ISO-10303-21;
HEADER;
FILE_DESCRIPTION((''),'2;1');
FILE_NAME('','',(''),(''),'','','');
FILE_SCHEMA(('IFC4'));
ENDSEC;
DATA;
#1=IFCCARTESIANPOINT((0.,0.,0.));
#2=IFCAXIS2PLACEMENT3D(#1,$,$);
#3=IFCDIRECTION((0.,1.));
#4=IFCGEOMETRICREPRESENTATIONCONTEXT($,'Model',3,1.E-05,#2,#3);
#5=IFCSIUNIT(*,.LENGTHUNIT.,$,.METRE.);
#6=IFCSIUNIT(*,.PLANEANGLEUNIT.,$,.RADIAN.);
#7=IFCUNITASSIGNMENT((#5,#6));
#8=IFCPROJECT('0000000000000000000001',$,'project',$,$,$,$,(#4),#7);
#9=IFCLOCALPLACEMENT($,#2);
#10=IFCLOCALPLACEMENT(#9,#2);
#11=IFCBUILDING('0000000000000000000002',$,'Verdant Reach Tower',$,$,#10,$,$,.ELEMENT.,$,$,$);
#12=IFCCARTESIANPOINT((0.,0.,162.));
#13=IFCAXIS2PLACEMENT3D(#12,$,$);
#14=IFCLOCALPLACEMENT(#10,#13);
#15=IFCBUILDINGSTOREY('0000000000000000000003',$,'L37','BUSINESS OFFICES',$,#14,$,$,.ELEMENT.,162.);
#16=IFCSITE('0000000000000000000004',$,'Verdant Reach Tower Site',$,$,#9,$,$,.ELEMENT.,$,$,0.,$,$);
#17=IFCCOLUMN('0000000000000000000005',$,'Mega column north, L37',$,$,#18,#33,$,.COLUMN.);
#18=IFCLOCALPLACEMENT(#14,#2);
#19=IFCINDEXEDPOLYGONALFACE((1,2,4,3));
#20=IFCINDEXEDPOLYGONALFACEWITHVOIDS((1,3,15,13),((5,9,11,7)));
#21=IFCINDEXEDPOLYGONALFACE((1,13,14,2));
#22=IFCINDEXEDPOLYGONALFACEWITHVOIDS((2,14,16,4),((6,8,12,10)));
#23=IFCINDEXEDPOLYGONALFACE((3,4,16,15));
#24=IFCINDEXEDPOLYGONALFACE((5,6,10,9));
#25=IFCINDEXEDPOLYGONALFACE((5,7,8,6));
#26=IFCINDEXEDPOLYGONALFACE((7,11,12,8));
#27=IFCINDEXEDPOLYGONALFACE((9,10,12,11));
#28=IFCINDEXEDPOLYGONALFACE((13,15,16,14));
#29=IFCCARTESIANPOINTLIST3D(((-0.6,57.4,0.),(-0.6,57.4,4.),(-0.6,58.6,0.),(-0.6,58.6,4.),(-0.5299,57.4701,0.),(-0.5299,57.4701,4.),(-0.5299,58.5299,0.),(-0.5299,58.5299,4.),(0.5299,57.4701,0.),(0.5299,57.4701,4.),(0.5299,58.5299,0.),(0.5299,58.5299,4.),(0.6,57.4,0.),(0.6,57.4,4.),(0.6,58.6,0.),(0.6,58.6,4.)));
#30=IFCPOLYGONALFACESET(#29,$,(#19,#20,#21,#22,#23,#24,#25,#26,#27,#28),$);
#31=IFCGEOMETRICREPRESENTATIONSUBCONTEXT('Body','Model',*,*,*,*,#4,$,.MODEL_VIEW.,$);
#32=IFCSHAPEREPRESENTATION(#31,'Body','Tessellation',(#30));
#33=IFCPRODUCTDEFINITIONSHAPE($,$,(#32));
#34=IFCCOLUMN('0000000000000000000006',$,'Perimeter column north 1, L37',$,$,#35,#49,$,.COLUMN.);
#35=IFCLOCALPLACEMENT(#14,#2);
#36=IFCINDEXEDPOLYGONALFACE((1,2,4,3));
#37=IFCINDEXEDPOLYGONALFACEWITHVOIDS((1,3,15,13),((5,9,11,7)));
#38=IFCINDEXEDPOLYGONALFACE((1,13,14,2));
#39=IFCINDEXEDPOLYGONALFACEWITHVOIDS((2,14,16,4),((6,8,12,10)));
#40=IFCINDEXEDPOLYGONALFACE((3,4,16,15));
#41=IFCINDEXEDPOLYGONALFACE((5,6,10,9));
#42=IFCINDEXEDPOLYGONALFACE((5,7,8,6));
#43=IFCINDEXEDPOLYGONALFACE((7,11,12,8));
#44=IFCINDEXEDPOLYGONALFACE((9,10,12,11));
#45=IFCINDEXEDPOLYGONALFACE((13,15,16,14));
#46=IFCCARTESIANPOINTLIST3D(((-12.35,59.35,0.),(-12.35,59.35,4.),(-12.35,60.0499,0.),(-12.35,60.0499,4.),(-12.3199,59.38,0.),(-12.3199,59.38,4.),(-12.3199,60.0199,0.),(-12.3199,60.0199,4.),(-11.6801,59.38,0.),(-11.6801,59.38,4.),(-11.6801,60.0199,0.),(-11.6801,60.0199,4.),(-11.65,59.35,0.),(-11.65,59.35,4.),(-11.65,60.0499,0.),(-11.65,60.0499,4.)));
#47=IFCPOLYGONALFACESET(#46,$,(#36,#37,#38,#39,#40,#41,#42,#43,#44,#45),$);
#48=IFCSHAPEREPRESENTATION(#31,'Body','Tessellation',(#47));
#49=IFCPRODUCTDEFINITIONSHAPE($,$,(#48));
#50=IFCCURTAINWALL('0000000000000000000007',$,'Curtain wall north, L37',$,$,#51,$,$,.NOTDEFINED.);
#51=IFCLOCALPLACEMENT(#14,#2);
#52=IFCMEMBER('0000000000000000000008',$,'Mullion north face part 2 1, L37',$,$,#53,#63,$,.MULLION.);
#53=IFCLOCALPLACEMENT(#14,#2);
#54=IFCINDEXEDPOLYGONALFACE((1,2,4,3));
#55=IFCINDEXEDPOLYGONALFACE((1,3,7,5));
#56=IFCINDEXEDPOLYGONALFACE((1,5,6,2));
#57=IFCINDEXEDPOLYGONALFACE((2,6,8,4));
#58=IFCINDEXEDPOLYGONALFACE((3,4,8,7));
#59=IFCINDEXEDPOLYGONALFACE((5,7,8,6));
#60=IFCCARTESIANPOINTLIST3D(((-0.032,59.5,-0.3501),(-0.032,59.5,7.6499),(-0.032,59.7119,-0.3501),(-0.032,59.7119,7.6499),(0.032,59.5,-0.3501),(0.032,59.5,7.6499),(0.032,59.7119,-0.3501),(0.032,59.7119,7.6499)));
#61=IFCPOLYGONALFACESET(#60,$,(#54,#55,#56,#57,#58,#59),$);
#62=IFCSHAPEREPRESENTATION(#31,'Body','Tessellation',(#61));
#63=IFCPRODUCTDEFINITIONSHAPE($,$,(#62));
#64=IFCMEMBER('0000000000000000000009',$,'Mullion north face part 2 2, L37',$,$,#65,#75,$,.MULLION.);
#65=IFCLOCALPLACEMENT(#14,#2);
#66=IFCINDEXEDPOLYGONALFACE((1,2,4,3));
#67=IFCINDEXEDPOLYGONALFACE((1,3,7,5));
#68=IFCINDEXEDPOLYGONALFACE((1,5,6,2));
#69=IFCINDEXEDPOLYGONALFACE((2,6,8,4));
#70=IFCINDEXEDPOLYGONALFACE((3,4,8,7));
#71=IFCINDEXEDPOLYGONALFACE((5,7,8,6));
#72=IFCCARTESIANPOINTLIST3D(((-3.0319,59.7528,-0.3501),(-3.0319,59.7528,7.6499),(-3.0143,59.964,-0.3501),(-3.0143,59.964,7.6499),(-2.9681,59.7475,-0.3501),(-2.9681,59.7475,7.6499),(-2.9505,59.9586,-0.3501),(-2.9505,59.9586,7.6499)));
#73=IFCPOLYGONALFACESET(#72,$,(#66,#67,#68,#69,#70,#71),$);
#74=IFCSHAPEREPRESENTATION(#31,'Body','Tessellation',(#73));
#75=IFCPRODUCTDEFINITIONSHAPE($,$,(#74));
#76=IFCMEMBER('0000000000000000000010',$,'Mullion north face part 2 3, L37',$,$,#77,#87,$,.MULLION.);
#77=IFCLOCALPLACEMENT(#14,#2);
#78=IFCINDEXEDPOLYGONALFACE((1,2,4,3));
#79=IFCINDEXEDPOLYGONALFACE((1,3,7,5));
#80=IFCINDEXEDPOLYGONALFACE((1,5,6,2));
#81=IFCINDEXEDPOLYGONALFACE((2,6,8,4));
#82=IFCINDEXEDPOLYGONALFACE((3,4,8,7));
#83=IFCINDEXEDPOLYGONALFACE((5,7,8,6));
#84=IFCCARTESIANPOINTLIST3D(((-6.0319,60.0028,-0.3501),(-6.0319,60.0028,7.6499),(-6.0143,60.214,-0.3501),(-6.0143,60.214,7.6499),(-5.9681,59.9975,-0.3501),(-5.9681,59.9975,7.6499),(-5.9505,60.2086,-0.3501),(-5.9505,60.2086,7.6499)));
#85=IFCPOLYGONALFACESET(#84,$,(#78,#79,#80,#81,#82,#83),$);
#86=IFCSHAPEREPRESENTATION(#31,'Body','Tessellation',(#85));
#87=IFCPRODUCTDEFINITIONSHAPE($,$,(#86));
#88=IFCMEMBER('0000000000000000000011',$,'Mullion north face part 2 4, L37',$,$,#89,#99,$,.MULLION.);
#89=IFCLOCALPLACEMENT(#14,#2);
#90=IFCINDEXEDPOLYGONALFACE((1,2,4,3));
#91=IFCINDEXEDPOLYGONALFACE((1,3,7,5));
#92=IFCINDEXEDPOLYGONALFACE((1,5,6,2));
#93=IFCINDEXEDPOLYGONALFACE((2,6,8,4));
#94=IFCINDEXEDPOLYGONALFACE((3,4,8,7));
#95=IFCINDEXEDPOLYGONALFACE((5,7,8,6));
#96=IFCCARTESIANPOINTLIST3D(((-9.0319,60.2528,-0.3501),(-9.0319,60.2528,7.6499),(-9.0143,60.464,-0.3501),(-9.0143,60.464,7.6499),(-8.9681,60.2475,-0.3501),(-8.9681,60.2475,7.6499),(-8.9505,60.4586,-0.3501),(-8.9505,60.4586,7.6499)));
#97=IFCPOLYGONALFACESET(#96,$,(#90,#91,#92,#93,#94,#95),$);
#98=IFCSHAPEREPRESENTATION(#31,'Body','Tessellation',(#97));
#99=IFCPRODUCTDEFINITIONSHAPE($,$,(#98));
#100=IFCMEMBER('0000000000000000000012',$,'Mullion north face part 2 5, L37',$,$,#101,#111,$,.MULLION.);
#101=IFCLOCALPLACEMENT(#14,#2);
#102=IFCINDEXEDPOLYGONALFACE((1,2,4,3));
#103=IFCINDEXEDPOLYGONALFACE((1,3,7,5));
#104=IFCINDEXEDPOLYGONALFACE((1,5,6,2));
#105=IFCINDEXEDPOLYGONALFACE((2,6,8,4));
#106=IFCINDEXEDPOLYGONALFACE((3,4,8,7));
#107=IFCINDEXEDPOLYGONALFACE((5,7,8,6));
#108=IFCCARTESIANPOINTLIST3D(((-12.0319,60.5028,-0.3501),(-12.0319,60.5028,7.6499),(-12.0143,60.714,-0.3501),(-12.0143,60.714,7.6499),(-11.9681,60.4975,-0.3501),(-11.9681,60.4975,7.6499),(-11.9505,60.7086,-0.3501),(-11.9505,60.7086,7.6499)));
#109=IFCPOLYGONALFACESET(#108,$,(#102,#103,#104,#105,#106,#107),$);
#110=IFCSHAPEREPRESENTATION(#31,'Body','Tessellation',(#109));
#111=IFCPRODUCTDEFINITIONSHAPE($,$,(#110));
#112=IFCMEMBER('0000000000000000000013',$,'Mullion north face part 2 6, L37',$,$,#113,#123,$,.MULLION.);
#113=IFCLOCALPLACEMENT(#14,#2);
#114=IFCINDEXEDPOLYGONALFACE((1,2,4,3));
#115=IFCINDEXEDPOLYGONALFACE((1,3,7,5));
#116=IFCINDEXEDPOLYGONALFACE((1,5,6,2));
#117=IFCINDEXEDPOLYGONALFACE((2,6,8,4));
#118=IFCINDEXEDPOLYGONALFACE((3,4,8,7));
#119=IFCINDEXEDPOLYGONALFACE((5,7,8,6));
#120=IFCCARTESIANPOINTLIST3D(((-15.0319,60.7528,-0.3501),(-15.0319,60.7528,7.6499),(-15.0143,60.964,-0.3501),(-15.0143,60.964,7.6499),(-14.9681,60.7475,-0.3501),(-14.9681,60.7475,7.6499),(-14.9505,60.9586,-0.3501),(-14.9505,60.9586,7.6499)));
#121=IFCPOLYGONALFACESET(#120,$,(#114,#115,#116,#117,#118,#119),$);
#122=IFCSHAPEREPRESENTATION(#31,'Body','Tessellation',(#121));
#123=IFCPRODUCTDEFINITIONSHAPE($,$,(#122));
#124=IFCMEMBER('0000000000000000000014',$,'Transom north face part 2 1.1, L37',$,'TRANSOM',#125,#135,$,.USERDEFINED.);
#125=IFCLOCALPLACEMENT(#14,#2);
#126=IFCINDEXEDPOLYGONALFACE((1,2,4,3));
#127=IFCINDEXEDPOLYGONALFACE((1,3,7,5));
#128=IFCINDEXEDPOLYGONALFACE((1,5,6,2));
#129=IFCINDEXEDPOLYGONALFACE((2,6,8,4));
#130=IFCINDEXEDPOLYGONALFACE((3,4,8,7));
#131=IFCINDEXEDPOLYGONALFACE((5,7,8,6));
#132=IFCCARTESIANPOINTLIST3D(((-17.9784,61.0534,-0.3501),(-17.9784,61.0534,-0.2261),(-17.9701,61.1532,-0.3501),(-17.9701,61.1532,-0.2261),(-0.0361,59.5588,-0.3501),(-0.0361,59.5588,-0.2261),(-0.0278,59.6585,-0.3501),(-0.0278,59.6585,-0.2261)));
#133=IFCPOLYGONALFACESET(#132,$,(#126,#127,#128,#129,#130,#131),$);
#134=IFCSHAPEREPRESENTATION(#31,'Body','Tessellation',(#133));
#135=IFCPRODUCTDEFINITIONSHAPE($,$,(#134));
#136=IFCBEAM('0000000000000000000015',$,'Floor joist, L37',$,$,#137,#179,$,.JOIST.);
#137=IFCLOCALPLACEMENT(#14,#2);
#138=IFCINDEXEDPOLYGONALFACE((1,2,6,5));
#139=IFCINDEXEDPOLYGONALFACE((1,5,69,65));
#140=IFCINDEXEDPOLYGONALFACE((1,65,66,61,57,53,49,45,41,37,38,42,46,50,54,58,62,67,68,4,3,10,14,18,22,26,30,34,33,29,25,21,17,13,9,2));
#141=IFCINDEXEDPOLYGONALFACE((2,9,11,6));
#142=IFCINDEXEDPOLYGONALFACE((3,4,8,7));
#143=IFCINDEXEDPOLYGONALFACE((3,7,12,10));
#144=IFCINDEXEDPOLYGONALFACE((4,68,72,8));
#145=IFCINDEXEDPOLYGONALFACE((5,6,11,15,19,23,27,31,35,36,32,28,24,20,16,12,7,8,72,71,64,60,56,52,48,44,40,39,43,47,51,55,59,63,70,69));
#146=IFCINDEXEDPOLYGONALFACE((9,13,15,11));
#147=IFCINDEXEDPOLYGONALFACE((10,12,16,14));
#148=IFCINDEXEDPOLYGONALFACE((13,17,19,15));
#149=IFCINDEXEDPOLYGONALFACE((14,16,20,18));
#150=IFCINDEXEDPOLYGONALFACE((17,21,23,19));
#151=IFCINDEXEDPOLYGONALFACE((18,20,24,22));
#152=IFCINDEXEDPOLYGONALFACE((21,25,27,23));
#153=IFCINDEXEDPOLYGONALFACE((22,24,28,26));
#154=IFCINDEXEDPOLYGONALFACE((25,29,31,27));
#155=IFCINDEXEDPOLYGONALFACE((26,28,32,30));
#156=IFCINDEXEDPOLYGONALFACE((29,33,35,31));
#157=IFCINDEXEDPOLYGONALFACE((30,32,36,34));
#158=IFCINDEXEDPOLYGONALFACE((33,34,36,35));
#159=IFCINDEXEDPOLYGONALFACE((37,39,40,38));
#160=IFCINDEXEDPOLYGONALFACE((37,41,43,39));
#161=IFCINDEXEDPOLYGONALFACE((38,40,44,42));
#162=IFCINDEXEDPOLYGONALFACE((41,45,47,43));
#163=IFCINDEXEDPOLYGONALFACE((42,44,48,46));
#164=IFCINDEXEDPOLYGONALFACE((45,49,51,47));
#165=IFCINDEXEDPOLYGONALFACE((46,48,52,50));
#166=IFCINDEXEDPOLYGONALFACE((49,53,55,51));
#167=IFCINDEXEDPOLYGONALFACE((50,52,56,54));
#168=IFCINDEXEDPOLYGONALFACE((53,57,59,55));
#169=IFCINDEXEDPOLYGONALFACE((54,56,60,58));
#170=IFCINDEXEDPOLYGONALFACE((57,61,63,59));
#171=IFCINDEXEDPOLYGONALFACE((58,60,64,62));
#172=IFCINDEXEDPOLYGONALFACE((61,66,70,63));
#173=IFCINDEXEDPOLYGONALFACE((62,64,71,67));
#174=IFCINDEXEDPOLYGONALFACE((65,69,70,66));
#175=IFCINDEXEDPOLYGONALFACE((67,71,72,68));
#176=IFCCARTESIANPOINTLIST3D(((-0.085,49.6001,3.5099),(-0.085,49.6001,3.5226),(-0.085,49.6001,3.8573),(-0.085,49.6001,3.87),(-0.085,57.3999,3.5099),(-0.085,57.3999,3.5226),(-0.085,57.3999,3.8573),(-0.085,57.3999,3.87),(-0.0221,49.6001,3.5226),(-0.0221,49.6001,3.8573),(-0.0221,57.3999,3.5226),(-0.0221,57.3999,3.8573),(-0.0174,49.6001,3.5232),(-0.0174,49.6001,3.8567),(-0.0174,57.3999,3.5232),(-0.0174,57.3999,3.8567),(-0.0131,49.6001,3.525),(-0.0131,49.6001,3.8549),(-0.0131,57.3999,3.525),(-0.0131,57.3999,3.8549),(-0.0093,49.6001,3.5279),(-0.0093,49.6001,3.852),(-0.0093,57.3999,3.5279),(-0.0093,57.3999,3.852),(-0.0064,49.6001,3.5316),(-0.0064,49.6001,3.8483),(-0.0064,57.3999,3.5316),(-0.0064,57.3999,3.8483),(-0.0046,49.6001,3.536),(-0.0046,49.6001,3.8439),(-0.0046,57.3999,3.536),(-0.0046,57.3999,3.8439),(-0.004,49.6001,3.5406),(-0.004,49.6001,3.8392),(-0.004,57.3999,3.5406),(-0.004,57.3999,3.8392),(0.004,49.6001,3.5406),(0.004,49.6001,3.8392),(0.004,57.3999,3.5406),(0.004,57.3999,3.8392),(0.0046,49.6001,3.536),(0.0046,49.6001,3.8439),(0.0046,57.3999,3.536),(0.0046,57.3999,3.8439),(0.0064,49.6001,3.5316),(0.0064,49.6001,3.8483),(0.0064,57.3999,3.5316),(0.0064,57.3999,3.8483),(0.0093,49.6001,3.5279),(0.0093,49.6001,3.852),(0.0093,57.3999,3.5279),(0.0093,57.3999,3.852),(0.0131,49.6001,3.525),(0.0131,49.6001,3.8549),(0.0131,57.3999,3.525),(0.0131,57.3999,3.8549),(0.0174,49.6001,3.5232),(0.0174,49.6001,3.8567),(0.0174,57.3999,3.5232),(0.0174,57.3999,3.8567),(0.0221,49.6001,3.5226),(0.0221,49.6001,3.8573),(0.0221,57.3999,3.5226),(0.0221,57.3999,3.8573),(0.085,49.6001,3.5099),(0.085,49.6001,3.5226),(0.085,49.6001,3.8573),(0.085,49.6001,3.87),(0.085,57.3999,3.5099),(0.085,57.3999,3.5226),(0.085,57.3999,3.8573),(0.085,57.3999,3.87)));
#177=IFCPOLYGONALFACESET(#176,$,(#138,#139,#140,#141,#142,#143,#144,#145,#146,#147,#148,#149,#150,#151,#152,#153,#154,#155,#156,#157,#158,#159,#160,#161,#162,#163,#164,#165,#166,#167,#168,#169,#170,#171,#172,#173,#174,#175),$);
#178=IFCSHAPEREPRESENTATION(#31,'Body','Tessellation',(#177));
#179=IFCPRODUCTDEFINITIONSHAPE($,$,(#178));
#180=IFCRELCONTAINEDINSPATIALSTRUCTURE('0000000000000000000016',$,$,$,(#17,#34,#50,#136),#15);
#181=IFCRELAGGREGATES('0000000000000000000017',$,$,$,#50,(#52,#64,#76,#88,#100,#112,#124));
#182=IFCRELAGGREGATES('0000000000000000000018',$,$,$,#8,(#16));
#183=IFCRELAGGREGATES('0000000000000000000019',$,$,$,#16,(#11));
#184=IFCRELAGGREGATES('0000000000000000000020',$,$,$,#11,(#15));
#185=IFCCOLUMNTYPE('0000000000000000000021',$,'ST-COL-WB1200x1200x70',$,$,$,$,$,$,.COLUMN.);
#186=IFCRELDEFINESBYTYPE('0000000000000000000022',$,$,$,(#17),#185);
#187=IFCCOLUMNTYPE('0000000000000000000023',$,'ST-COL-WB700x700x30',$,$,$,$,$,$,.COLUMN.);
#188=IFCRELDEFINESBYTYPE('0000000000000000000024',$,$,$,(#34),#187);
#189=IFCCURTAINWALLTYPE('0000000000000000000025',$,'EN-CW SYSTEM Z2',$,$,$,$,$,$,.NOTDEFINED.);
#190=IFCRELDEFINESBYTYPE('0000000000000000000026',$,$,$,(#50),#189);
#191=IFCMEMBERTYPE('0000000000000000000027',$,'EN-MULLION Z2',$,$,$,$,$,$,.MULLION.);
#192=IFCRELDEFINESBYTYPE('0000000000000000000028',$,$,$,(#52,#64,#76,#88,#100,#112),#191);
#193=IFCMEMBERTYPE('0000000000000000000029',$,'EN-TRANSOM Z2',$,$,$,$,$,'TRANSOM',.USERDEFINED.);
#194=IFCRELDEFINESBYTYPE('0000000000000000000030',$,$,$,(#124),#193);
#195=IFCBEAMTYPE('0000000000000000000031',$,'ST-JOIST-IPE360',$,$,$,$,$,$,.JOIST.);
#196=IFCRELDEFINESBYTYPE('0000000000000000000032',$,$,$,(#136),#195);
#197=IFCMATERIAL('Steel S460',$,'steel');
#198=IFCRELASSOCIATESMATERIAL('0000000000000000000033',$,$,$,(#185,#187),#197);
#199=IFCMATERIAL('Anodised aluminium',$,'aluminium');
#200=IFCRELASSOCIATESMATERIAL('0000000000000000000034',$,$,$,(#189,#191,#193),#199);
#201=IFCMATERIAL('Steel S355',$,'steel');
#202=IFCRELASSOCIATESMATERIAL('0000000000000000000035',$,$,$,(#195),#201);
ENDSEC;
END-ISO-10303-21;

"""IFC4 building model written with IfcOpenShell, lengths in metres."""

from ifc_helpers import new_model, si_unit, direction, frame, origin, origin_2d, place, context, subcontext, project, spatial, rectangle, hollow_rectangle, i_section, extrude, material, material_profile, profile_set, type_object, element, aggregate, save


model = new_model("IFC4")

# Units and contexts
model_context = context("Model", 3, precision=1e-05, world=origin(), true_north=direction((0.0, 1.0)))
body_context = subcontext(model_context, "Body", "Model", "MODEL_VIEW")
ifc_project = project(units=[si_unit("LENGTHUNIT", "METRE"), si_unit("PLANEANGLEUNIT", "RADIAN")], contexts=[model_context])

# Site, building, storey
site_placement = place(None, origin())
site = spatial("IfcSite", under=ifc_project, at=site_placement, Name="Verdant Reach Tower Site", CompositionType="ELEMENT", RefElevation=0.0)
building_placement = place(site_placement, origin())
building = spatial("IfcBuilding", under=site, at=building_placement, Name="Verdant Reach Tower", CompositionType="ELEMENT")
storey_placement = place(building_placement, frame((0.0, 0.0, 162.0)))
storey = spatial("IfcBuildingStorey", under=building, at=storey_placement, Name="L37", Description="BUSINESS OFFICES", CompositionType="ELEMENT", Elevation=162.0)

# Columns
ifc_material_1 = material(Name="Steel S460", Category="steel")
ifc_material_profile_1 = material_profile(ifc_material_1, hollow_rectangle(XDim=1.2, YDim=1.2, WallThickness=0.0701, at=origin_2d()), Name="WB 1200x1200x70")
ifc_profile_set_1 = profile_set([ifc_material_profile_1], Name="Steel S460")
column_type_1 = type_object("IfcColumnType", Name="ST-COL-WB1200x1200x70", PredefinedType="COLUMN", material=ifc_profile_set_1)
column_1_placement = place(storey_placement, frame((0.0, 58.0, 0.0), z_axis=(0.0, 0.0, 1.0), x_axis=(1.0, 0.0, 0.0)))
element("IfcColumn", 1, at=column_1_placement, inside=storey, type_object=column_type_1, Name="Mega column north, L37", PredefinedType="COLUMN", context=body_context, shape_type="SweptSolid", body=[
    extrude(hollow_rectangle(XDim=1.2, YDim=1.2, WallThickness=0.0701, at=origin_2d()), origin(), (0.0, 0.0, 1.0), 4.0),
])
ifc_material_profile_2 = material_profile(ifc_material_1, hollow_rectangle(XDim=0.7, YDim=0.7, WallThickness=0.03, at=origin_2d()), Name="WB 700x700x30")
ifc_profile_set_2 = profile_set([ifc_material_profile_2], Name="Steel S460")
column_type_2 = type_object("IfcColumnType", Name="ST-COL-WB700x700x30", PredefinedType="COLUMN", material=ifc_profile_set_2)
column_2_placement = place(storey_placement, frame((-12.0, 59.7, 0.0), z_axis=(0.0, 0.0, 1.0), x_axis=(1.0, 0.0, 0.0)))
element("IfcColumn", 2, at=column_2_placement, inside=storey, type_object=column_type_2, Name="Perimeter column north 1, L37", PredefinedType="COLUMN", context=body_context, shape_type="SweptSolid", body=[
    extrude(hollow_rectangle(XDim=0.7, YDim=0.7, WallThickness=0.03, at=origin_2d()), origin(), (0.0, 0.0, 1.0), 4.0),
])

# Curtain wall, members
ifc_material_2 = material(Name="Anodised aluminium", Category="aluminium")
curtain_wall_type = type_object("IfcCurtainWallType", Name="EN-CW SYSTEM Z2", PredefinedType="NOTDEFINED", material=ifc_material_2)
curtain_wall_placement = place(storey_placement, origin())
curtain_wall = element("IfcCurtainWall", 3, at=curtain_wall_placement, inside=storey, type_object=curtain_wall_type, Name="Curtain wall north, L37", PredefinedType="NOTDEFINED")
ifc_material_profile_3 = material_profile(ifc_material_2, rectangle(XDim=0.2119, YDim=0.064, at=origin_2d()), Name="Mullion 64x212")
ifc_profile_set_3 = profile_set([ifc_material_profile_3], Name="Anodised aluminium")
member_type_1 = type_object("IfcMemberType", Name="EN-MULLION Z2", PredefinedType="MULLION", material=ifc_profile_set_3)
member_1_placement = place(storey_placement, frame((0.0, 59.606, -0.3501), z_axis=(0.0, 0.0, 1.0), x_axis=(0.0, 1.0, 0.0)))
member_1 = element("IfcMember", 4, at=member_1_placement, type_object=member_type_1, Name="Mullion north face part 2 1, L37", PredefinedType="MULLION", context=body_context, shape_type="SweptSolid", body=[
    extrude(rectangle(XDim=0.2119, YDim=0.064, at=origin_2d()), origin(), (0.0, 0.0, 1.0), 8.0),
])
member_2_placement = place(storey_placement, frame((-2.9912, 59.8557, -0.3501), z_axis=(0.0, 0.0, 1.0), x_axis=(0.083045, 0.996546, 0.0)))
member_2 = element("IfcMember", 5, at=member_2_placement, type_object=member_type_1, Name="Mullion north face part 2 2, L37", PredefinedType="MULLION", context=body_context, shape_type="SweptSolid", body=[
    extrude(rectangle(XDim=0.2119, YDim=0.064, at=origin_2d()), origin(), (0.0, 0.0, 1.0), 8.0),
])
member_3_placement = place(storey_placement, frame((-5.9912, 60.1057, -0.3501), z_axis=(0.0, 0.0, 1.0), x_axis=(0.083045, 0.996546, 0.0)))
member_3 = element("IfcMember", 6, at=member_3_placement, type_object=member_type_1, Name="Mullion north face part 2 3, L37", PredefinedType="MULLION", context=body_context, shape_type="SweptSolid", body=[
    extrude(rectangle(XDim=0.2119, YDim=0.064, at=origin_2d()), origin(), (0.0, 0.0, 1.0), 8.0),
])
member_4_placement = place(storey_placement, frame((-8.9912, 60.3557, -0.3501), z_axis=(0.0, 0.0, 1.0), x_axis=(0.083045, 0.996546, 0.0)))
member_4 = element("IfcMember", 7, at=member_4_placement, type_object=member_type_1, Name="Mullion north face part 2 4, L37", PredefinedType="MULLION", context=body_context, shape_type="SweptSolid", body=[
    extrude(rectangle(XDim=0.2119, YDim=0.064, at=origin_2d()), origin(), (0.0, 0.0, 1.0), 8.0),
])
member_5_placement = place(storey_placement, frame((-11.9912, 60.6057, -0.3501), z_axis=(0.0, 0.0, 1.0), x_axis=(0.083045, 0.996546, 0.0)))
member_5 = element("IfcMember", 8, at=member_5_placement, type_object=member_type_1, Name="Mullion north face part 2 5, L37", PredefinedType="MULLION", context=body_context, shape_type="SweptSolid", body=[
    extrude(rectangle(XDim=0.2119, YDim=0.064, at=origin_2d()), origin(), (0.0, 0.0, 1.0), 8.0),
])
member_6_placement = place(storey_placement, frame((-14.9912, 60.8557, -0.3501), z_axis=(0.0, 0.0, 1.0), x_axis=(0.083045, 0.996546, 0.0)))
member_6 = element("IfcMember", 9, at=member_6_placement, type_object=member_type_1, Name="Mullion north face part 2 6, L37", PredefinedType="MULLION", context=body_context, shape_type="SweptSolid", body=[
    extrude(rectangle(XDim=0.2119, YDim=0.064, at=origin_2d()), origin(), (0.0, 0.0, 1.0), 8.0),
])
ifc_material_profile_4 = material_profile(ifc_material_2, rectangle(XDim=0.1001, YDim=0.124, at=origin_2d()), Name="Transom 124x100")
ifc_profile_set_4 = profile_set([ifc_material_profile_4], Name="Anodised aluminium")
member_type_2 = type_object("IfcMemberType", Name="EN-TRANSOM Z2", ElementType="TRANSOM", PredefinedType="USERDEFINED", material=ifc_profile_set_4)
member_7_placement = place(storey_placement, frame((-0.032, 59.6086, -0.2881), z_axis=(-0.996548, 0.083015, 0.0), x_axis=(-0.083015, -0.996548, 0.0)))
member_7 = element("IfcMember", 10, at=member_7_placement, type_object=member_type_2, Name="Transom north face part 2 1.1, L37", ObjectType="TRANSOM", PredefinedType="USERDEFINED", context=body_context, shape_type="SweptSolid", body=[
    extrude(rectangle(XDim=0.1001, YDim=0.124, at=origin_2d()), origin(), (0.0, 0.0, 1.0), 18.0044),
])

# Beam
ifc_material_3 = material(Name="Steel S355", Category="steel")
ifc_material_profile_5 = material_profile(ifc_material_3, i_section(OverallWidth=0.1699, OverallDepth=0.3601, WebThickness=0.0081, FlangeThickness=0.0127, FilletRadius=0.0181, at=origin_2d()), Name="IPE 360")
ifc_profile_set_5 = profile_set([ifc_material_profile_5], Name="Steel S355")
beam_type_1 = type_object("IfcBeamType", Name="ST-JOIST-IPE360", PredefinedType="JOIST", material=ifc_profile_set_5)
beam_1_placement = place(storey_placement, frame((0.0, 49.6001, 3.6899), z_axis=(0.0, 1.0, 0.0), x_axis=(-1.0, 0.0, 0.0)))
element("IfcBeam", 11, at=beam_1_placement, inside=storey, type_object=beam_type_1, Name="Floor joist, L37", PredefinedType="JOIST", context=body_context, shape_type="SweptSolid", body=[
    extrude(i_section(OverallWidth=0.1699, OverallDepth=0.3601, WebThickness=0.0081, FlangeThickness=0.0127, FilletRadius=0.0181, at=origin_2d()), origin(), (0.0, 0.0, 1.0), 7.7998),
])

aggregate(curtain_wall, [member_1, member_2, member_3, member_4, member_5, member_6, member_7])

save(model, "model.ifc")
